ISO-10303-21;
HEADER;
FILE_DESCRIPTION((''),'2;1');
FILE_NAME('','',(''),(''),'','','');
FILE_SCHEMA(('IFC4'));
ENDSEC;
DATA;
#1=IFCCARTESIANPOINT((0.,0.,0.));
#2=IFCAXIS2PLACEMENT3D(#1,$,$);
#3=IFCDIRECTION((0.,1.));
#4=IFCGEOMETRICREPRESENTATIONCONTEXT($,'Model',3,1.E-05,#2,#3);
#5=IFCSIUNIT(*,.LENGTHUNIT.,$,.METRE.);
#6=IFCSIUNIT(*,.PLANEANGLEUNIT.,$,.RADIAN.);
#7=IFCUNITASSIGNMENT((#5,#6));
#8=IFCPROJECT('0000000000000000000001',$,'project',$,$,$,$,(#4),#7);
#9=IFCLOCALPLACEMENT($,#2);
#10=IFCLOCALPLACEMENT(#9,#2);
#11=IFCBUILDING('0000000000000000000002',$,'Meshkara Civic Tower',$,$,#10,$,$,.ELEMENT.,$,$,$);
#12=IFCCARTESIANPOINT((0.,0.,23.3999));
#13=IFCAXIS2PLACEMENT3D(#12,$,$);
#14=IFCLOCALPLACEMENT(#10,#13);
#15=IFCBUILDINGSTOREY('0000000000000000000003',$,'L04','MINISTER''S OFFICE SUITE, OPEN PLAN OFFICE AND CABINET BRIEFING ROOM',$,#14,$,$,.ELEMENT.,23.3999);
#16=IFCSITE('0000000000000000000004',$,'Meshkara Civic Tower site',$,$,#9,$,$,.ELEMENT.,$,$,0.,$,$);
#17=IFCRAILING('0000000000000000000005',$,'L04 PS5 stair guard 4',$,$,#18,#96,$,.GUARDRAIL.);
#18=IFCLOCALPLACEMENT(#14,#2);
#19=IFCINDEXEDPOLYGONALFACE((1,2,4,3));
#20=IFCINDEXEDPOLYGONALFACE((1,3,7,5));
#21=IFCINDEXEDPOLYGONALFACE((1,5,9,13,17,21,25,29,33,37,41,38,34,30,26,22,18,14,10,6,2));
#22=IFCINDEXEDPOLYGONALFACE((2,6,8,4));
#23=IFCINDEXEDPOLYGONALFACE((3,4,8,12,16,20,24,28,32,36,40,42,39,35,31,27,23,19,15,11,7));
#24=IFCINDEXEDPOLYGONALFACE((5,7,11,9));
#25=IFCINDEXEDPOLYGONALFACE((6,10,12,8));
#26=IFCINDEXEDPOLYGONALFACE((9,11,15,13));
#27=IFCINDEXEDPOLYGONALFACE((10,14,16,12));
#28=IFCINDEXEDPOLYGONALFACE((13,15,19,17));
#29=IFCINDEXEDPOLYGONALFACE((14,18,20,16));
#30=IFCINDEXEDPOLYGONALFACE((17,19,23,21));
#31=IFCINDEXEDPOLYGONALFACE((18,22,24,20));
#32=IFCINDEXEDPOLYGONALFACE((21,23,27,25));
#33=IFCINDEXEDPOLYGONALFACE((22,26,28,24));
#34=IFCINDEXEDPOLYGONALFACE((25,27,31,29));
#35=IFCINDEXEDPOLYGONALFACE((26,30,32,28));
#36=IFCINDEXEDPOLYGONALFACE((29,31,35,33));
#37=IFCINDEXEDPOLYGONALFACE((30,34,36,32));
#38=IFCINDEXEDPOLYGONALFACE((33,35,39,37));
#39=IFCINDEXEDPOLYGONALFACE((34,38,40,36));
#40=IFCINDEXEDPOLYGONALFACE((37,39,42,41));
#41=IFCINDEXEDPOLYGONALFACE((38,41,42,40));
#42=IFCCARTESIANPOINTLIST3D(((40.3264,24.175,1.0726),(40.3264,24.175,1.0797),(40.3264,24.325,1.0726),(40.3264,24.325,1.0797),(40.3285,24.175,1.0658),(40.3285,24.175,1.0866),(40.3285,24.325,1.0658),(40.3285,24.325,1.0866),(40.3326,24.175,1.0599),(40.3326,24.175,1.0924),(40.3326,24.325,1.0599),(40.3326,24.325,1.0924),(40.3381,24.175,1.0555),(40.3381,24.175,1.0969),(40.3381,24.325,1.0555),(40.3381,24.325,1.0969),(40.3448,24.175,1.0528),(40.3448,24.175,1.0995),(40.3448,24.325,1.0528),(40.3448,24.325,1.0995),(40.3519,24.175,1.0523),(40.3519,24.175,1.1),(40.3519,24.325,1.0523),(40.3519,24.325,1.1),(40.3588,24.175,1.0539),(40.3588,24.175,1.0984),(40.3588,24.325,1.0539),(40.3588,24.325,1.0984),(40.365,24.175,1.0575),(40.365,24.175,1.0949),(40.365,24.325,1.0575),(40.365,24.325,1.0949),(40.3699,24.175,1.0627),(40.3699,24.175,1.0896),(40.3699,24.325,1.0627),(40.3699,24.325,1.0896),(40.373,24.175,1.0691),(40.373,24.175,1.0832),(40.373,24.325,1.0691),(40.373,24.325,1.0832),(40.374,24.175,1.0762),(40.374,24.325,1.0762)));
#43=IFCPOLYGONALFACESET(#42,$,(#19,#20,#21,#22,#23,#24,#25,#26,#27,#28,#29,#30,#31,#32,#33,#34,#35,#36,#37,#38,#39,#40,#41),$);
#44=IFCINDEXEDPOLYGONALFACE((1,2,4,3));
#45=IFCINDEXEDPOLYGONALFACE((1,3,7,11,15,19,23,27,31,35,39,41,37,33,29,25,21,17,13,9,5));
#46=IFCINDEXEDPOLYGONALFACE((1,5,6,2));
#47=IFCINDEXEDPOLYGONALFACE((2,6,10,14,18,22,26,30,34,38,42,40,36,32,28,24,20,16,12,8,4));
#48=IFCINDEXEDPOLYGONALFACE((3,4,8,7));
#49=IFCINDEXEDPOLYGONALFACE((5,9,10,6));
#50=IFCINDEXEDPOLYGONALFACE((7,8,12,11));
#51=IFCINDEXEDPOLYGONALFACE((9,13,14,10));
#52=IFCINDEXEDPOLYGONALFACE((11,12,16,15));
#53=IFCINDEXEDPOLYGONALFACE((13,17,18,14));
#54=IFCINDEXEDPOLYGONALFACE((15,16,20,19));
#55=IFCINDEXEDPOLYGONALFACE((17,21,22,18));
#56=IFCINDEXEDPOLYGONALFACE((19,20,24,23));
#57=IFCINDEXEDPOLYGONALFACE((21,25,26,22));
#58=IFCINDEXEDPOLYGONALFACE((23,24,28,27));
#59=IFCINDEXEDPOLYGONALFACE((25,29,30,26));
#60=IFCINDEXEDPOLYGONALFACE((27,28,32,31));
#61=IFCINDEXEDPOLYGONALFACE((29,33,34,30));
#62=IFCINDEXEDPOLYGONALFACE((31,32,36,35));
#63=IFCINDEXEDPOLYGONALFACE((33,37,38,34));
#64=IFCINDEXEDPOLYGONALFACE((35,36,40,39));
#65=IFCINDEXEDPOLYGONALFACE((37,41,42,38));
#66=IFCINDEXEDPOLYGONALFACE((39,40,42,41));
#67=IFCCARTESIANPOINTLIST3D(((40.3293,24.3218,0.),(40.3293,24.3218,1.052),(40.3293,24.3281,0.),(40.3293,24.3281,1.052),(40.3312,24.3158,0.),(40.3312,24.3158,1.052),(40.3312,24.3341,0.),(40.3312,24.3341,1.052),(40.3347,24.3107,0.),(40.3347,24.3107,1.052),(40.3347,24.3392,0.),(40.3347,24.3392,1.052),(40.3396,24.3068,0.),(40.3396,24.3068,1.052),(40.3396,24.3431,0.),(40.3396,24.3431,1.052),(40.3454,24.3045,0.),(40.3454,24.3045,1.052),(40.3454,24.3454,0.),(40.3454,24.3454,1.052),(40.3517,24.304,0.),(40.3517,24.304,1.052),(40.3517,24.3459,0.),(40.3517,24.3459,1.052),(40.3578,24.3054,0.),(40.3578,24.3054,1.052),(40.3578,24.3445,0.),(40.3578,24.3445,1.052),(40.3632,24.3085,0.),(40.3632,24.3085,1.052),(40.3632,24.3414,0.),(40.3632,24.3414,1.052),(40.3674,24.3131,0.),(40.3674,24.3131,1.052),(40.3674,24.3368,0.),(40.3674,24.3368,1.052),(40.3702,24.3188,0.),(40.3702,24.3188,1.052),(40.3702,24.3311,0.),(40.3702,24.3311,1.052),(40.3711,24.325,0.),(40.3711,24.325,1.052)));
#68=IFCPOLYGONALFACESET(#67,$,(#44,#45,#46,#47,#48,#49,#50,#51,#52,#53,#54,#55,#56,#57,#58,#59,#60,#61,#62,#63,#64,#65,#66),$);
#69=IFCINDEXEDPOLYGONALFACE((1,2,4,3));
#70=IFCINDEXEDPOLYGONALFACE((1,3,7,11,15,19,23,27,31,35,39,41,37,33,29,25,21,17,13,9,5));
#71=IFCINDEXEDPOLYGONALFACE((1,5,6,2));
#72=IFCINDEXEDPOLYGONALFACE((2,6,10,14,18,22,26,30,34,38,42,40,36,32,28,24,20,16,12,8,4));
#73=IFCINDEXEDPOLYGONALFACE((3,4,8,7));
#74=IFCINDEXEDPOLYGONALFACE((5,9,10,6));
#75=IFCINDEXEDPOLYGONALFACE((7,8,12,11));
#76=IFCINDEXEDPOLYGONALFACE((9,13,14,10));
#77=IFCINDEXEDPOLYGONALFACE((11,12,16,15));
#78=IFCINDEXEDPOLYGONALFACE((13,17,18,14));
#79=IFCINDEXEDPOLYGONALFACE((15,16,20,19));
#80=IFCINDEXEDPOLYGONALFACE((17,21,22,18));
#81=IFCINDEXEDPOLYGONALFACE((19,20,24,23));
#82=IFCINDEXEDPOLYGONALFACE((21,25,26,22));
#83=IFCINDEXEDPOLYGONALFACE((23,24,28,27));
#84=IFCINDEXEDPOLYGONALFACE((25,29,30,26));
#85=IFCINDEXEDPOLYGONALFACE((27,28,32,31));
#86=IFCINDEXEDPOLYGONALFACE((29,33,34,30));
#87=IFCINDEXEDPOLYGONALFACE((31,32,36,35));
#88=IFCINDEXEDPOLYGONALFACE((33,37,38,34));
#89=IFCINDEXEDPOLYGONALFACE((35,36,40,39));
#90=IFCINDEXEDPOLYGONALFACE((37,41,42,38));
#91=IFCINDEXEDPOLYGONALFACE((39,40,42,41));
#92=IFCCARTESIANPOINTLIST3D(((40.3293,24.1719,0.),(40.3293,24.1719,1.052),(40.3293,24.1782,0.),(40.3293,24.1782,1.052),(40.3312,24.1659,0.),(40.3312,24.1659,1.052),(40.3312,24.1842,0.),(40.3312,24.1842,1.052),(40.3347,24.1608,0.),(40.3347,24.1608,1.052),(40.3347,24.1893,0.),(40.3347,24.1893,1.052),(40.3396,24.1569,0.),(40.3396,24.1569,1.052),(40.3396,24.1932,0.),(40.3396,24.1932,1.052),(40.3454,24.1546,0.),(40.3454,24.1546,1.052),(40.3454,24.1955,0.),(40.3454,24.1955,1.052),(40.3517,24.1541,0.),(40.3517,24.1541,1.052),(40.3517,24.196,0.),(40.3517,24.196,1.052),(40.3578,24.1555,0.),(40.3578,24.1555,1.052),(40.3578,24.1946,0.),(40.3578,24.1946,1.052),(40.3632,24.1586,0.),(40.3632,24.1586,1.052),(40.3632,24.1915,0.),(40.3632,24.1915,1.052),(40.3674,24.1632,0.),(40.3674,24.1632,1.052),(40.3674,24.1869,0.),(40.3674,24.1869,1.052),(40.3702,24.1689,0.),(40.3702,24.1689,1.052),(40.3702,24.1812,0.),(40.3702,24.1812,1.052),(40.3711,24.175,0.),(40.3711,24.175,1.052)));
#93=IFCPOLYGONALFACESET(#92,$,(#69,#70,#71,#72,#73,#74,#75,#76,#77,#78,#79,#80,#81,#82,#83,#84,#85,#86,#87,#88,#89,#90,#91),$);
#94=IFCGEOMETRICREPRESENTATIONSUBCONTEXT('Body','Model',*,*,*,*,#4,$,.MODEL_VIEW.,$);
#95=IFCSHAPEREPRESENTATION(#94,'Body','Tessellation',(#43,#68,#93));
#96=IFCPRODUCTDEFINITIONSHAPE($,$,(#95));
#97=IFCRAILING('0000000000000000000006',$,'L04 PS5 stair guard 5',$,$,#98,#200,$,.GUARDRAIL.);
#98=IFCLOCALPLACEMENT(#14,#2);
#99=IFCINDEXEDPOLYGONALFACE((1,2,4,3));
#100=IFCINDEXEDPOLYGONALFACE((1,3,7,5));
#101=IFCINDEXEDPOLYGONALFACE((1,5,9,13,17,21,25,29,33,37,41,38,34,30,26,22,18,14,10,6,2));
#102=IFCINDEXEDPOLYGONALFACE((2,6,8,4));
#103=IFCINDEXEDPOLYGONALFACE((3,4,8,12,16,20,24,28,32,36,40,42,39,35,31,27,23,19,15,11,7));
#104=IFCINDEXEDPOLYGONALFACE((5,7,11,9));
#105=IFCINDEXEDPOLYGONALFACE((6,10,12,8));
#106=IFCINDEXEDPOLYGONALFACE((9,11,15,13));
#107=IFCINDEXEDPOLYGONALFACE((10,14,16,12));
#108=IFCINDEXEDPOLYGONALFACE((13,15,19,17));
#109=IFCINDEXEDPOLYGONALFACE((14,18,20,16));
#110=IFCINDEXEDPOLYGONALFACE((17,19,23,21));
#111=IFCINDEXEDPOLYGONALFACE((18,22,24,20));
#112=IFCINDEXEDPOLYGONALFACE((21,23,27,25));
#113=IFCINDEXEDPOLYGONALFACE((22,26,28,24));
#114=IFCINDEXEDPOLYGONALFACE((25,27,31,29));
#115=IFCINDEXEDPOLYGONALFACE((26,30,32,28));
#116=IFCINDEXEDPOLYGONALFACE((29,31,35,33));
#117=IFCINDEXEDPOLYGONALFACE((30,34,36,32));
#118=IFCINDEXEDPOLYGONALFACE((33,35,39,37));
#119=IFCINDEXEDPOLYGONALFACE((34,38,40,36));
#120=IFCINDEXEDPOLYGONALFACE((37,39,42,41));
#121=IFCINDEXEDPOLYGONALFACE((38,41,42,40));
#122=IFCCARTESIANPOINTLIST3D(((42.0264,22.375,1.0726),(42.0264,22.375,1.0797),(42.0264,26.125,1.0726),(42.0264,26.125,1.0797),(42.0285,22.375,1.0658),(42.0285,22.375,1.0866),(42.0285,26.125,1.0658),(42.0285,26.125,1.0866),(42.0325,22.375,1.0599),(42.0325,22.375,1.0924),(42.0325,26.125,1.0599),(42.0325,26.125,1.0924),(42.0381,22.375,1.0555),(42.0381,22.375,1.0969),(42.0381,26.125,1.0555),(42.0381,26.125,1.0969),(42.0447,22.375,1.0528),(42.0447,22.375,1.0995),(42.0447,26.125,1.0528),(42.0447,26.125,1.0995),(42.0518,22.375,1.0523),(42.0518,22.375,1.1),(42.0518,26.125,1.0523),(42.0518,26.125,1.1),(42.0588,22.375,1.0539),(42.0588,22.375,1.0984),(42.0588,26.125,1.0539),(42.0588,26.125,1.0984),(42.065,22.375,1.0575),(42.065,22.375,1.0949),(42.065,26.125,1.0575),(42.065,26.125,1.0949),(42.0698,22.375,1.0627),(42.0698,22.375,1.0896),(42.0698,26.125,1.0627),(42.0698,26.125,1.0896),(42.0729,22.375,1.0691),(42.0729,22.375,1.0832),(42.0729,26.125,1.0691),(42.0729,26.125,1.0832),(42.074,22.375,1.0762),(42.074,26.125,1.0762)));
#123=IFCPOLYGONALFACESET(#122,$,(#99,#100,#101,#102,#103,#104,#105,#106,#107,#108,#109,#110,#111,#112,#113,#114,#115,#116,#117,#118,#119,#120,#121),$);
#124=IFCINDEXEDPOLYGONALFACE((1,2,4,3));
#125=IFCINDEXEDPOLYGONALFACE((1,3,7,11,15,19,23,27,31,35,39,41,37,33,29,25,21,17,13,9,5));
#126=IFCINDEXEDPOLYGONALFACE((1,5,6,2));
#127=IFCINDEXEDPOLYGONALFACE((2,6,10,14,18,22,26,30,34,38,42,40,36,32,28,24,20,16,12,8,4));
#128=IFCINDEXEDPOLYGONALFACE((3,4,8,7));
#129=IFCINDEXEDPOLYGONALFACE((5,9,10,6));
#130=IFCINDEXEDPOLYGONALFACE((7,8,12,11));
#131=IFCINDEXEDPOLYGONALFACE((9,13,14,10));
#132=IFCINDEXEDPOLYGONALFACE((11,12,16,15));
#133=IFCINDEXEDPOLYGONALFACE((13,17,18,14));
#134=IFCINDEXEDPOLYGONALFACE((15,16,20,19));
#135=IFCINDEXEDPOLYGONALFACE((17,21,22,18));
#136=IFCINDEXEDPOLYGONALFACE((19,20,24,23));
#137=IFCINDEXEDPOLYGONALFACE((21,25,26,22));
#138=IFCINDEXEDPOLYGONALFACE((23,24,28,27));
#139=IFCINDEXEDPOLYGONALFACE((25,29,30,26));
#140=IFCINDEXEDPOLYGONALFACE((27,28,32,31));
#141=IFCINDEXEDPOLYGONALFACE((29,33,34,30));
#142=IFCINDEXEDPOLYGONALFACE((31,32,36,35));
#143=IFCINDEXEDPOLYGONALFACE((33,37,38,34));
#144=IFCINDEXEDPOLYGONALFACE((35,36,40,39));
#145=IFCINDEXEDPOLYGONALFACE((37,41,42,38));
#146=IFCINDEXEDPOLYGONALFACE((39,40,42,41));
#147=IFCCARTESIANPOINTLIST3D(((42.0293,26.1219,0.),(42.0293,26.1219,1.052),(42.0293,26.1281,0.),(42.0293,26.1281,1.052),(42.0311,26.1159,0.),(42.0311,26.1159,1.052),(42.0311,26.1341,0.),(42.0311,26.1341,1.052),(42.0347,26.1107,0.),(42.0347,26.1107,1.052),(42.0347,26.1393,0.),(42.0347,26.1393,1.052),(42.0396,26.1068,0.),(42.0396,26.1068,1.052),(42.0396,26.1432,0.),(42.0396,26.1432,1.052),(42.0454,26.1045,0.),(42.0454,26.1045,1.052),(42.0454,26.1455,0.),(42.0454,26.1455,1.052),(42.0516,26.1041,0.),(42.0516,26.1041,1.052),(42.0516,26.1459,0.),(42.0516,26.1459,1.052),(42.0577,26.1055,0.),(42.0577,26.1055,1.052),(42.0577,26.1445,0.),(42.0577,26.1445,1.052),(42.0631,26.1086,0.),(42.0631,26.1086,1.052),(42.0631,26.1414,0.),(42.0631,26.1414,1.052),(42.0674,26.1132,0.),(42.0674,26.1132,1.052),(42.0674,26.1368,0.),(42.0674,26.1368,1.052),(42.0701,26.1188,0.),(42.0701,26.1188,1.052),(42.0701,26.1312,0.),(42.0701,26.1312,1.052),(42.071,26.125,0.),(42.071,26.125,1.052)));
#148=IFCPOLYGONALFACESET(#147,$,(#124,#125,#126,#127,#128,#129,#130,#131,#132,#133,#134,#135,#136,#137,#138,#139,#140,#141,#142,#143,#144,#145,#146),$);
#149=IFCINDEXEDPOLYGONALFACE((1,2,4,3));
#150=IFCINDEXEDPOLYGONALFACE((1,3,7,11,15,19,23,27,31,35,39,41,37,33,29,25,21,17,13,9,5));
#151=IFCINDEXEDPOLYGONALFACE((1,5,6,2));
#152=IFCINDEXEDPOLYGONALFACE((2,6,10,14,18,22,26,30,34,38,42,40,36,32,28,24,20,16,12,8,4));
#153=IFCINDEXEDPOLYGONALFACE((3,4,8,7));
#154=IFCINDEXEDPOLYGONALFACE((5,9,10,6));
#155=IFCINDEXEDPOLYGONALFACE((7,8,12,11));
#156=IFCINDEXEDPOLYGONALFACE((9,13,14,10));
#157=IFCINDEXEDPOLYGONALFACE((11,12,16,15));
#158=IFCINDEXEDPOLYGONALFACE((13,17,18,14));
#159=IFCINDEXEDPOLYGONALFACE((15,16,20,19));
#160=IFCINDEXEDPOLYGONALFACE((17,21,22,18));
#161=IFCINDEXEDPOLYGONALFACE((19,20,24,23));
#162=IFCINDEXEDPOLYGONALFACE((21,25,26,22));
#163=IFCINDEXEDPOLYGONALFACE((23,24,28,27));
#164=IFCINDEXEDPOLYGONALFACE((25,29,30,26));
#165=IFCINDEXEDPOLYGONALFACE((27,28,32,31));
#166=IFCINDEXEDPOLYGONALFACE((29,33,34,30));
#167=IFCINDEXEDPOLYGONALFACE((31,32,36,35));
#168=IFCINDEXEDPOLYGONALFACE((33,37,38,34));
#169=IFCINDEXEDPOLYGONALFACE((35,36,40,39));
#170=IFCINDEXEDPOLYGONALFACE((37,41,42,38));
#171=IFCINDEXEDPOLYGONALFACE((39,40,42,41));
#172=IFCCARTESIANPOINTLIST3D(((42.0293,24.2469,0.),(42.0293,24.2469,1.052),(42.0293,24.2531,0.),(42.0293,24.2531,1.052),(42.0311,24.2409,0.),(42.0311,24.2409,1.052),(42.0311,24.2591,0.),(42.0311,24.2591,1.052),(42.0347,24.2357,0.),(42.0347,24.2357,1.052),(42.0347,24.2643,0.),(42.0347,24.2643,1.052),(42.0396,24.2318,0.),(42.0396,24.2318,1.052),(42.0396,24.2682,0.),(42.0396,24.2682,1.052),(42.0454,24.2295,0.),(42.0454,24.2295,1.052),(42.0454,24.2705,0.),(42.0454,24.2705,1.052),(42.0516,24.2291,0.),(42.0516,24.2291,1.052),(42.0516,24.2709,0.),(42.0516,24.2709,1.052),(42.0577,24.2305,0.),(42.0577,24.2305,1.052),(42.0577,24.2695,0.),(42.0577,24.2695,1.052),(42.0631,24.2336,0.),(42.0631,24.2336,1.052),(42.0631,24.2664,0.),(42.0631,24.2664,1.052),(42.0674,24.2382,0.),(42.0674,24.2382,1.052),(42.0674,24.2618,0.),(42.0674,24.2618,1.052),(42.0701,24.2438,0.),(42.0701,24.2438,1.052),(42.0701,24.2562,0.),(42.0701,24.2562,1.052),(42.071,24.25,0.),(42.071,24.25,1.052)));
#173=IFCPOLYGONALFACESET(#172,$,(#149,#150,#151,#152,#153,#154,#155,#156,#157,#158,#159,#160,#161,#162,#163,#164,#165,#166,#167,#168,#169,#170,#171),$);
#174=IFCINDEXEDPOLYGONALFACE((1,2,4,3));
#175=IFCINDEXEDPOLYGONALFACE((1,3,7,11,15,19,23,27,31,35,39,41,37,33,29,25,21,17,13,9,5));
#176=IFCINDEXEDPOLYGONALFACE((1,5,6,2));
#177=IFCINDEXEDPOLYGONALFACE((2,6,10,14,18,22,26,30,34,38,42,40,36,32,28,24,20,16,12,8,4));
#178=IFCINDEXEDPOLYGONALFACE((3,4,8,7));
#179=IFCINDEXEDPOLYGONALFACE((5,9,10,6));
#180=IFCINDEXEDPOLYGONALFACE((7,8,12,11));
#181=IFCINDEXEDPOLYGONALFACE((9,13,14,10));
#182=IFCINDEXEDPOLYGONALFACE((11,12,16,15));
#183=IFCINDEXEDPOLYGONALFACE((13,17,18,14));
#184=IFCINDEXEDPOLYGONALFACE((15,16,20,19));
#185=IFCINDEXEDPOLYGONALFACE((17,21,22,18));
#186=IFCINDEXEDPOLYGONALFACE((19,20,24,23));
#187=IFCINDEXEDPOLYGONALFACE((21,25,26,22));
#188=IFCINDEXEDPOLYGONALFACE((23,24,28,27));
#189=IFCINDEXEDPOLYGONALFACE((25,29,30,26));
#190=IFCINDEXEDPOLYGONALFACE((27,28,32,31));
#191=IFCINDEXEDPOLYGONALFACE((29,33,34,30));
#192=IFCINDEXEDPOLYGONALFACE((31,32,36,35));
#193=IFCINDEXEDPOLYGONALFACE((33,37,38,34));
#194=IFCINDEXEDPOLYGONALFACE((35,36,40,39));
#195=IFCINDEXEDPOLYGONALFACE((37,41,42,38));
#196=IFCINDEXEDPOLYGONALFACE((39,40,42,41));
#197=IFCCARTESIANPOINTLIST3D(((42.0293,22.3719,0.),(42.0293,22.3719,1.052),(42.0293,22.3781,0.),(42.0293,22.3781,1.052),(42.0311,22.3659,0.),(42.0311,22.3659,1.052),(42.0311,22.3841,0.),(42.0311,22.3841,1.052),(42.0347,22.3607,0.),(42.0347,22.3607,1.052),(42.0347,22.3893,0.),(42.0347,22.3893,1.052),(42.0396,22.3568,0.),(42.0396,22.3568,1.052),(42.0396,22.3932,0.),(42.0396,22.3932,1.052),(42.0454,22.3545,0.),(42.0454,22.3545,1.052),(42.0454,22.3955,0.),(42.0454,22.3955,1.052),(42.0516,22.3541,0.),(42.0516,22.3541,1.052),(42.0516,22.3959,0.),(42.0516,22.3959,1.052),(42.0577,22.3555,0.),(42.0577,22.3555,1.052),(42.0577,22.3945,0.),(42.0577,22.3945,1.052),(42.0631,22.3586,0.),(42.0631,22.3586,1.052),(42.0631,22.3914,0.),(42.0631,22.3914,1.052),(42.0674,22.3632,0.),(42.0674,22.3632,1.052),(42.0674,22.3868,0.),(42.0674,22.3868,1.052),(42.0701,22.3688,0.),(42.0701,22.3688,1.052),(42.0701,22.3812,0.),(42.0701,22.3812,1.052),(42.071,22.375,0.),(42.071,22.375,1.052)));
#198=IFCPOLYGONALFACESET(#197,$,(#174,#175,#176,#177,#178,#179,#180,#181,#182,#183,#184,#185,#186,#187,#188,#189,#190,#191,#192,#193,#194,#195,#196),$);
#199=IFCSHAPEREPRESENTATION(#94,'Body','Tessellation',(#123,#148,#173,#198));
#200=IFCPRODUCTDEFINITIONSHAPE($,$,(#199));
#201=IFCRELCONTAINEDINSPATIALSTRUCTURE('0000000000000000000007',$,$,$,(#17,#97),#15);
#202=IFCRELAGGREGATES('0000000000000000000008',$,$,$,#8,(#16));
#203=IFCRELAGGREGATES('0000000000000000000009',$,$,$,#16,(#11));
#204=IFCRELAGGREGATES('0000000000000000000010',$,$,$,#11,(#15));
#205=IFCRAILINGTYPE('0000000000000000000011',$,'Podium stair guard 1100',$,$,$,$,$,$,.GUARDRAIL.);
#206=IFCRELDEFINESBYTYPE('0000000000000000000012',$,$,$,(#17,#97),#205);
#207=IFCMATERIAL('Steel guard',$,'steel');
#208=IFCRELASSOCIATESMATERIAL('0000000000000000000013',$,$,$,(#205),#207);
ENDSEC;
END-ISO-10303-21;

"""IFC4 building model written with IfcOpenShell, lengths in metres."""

from ifc_helpers import new_model, si_unit, direction, frame, origin, origin_2d, place, context, subcontext, project, spatial, circle, extrude, material, type_object, element, save


model = new_model("IFC4")

# Units and contexts
model_context = context("Model", 3, precision=1e-05, world=origin(), true_north=direction((0.0, 1.0)))
body_context = subcontext(model_context, "Body", "Model", "MODEL_VIEW")
ifc_project = project(units=[si_unit("LENGTHUNIT", "METRE"), si_unit("PLANEANGLEUNIT", "RADIAN")], contexts=[model_context])

# Site, building, storey
site_placement = place(None, origin())
site = spatial("IfcSite", under=ifc_project, at=site_placement, Name="Meshkara Civic Tower site", CompositionType="ELEMENT", RefElevation=0.0)
building_placement = place(site_placement, origin())
building = spatial("IfcBuilding", under=site, at=building_placement, Name="Meshkara Civic Tower", CompositionType="ELEMENT")
storey_placement = place(building_placement, frame((0.0, 0.0, 23.3999)))
storey = spatial("IfcBuildingStorey", under=building, at=storey_placement, Name="L04", Description="MINISTER'S OFFICE SUITE, OPEN PLAN OFFICE AND CABINET BRIEFING ROOM", CompositionType="ELEMENT", Elevation=23.3999)

# Railings
ifc_material_1 = material(Name="Steel guard", Category="steel")
railing_type_1 = type_object("IfcRailingType", Name="Podium stair guard 1100", PredefinedType="GUARDRAIL", material=ifc_material_1)
railing_1_placement = place(storey_placement, frame((40.3501, 24.325, 0.0)))
element("IfcRailing", 1, at=railing_1_placement, inside=storey, type_object=railing_type_1, Name="L04 PS5 stair guard 4", PredefinedType="GUARDRAIL", context=body_context, shape_type="SweptSolid", body=[
    extrude(circle(Radius=0.0239, at=origin_2d()), frame((0.0, 0.0, 1.0762), z_axis=(0.0, -1.0, 0.0), x_axis=(1.0, 0.0, 0.0)), (0.0, 0.0, 1.0), 0.1499),
    extrude(circle(Radius=0.021, at=origin_2d()), origin(), (0.0, 0.0, 1.0), 1.052),
    extrude(circle(Radius=0.021, at=origin_2d()), frame((0.0, -0.1499, 0.0)), (0.0, 0.0, 1.0), 1.052),
])
railing_2_placement = place(storey_placement, frame((42.05, 26.125, 0.0)))
element("IfcRailing", 2, at=railing_2_placement, inside=storey, type_object=railing_type_1, Name="L04 PS5 stair guard 5", PredefinedType="GUARDRAIL", context=body_context, shape_type="SweptSolid", body=[
    extrude(circle(Radius=0.0239, at=origin_2d()), frame((0.0, 0.0, 1.0762), z_axis=(0.0, -1.0, 0.0), x_axis=(1.0, 0.0, 0.0)), (0.0, 0.0, 1.0), 3.75),
    extrude(circle(Radius=0.021, at=origin_2d()), origin(), (0.0, 0.0, 1.0), 1.052),
    extrude(circle(Radius=0.021, at=origin_2d()), frame((0.0, -1.875, 0.0)), (0.0, 0.0, 1.0), 1.052),
    extrude(circle(Radius=0.021, at=origin_2d()), frame((0.0, -3.75, 0.0)), (0.0, 0.0, 1.0), 1.052),
])

save(model, "model.ifc")
